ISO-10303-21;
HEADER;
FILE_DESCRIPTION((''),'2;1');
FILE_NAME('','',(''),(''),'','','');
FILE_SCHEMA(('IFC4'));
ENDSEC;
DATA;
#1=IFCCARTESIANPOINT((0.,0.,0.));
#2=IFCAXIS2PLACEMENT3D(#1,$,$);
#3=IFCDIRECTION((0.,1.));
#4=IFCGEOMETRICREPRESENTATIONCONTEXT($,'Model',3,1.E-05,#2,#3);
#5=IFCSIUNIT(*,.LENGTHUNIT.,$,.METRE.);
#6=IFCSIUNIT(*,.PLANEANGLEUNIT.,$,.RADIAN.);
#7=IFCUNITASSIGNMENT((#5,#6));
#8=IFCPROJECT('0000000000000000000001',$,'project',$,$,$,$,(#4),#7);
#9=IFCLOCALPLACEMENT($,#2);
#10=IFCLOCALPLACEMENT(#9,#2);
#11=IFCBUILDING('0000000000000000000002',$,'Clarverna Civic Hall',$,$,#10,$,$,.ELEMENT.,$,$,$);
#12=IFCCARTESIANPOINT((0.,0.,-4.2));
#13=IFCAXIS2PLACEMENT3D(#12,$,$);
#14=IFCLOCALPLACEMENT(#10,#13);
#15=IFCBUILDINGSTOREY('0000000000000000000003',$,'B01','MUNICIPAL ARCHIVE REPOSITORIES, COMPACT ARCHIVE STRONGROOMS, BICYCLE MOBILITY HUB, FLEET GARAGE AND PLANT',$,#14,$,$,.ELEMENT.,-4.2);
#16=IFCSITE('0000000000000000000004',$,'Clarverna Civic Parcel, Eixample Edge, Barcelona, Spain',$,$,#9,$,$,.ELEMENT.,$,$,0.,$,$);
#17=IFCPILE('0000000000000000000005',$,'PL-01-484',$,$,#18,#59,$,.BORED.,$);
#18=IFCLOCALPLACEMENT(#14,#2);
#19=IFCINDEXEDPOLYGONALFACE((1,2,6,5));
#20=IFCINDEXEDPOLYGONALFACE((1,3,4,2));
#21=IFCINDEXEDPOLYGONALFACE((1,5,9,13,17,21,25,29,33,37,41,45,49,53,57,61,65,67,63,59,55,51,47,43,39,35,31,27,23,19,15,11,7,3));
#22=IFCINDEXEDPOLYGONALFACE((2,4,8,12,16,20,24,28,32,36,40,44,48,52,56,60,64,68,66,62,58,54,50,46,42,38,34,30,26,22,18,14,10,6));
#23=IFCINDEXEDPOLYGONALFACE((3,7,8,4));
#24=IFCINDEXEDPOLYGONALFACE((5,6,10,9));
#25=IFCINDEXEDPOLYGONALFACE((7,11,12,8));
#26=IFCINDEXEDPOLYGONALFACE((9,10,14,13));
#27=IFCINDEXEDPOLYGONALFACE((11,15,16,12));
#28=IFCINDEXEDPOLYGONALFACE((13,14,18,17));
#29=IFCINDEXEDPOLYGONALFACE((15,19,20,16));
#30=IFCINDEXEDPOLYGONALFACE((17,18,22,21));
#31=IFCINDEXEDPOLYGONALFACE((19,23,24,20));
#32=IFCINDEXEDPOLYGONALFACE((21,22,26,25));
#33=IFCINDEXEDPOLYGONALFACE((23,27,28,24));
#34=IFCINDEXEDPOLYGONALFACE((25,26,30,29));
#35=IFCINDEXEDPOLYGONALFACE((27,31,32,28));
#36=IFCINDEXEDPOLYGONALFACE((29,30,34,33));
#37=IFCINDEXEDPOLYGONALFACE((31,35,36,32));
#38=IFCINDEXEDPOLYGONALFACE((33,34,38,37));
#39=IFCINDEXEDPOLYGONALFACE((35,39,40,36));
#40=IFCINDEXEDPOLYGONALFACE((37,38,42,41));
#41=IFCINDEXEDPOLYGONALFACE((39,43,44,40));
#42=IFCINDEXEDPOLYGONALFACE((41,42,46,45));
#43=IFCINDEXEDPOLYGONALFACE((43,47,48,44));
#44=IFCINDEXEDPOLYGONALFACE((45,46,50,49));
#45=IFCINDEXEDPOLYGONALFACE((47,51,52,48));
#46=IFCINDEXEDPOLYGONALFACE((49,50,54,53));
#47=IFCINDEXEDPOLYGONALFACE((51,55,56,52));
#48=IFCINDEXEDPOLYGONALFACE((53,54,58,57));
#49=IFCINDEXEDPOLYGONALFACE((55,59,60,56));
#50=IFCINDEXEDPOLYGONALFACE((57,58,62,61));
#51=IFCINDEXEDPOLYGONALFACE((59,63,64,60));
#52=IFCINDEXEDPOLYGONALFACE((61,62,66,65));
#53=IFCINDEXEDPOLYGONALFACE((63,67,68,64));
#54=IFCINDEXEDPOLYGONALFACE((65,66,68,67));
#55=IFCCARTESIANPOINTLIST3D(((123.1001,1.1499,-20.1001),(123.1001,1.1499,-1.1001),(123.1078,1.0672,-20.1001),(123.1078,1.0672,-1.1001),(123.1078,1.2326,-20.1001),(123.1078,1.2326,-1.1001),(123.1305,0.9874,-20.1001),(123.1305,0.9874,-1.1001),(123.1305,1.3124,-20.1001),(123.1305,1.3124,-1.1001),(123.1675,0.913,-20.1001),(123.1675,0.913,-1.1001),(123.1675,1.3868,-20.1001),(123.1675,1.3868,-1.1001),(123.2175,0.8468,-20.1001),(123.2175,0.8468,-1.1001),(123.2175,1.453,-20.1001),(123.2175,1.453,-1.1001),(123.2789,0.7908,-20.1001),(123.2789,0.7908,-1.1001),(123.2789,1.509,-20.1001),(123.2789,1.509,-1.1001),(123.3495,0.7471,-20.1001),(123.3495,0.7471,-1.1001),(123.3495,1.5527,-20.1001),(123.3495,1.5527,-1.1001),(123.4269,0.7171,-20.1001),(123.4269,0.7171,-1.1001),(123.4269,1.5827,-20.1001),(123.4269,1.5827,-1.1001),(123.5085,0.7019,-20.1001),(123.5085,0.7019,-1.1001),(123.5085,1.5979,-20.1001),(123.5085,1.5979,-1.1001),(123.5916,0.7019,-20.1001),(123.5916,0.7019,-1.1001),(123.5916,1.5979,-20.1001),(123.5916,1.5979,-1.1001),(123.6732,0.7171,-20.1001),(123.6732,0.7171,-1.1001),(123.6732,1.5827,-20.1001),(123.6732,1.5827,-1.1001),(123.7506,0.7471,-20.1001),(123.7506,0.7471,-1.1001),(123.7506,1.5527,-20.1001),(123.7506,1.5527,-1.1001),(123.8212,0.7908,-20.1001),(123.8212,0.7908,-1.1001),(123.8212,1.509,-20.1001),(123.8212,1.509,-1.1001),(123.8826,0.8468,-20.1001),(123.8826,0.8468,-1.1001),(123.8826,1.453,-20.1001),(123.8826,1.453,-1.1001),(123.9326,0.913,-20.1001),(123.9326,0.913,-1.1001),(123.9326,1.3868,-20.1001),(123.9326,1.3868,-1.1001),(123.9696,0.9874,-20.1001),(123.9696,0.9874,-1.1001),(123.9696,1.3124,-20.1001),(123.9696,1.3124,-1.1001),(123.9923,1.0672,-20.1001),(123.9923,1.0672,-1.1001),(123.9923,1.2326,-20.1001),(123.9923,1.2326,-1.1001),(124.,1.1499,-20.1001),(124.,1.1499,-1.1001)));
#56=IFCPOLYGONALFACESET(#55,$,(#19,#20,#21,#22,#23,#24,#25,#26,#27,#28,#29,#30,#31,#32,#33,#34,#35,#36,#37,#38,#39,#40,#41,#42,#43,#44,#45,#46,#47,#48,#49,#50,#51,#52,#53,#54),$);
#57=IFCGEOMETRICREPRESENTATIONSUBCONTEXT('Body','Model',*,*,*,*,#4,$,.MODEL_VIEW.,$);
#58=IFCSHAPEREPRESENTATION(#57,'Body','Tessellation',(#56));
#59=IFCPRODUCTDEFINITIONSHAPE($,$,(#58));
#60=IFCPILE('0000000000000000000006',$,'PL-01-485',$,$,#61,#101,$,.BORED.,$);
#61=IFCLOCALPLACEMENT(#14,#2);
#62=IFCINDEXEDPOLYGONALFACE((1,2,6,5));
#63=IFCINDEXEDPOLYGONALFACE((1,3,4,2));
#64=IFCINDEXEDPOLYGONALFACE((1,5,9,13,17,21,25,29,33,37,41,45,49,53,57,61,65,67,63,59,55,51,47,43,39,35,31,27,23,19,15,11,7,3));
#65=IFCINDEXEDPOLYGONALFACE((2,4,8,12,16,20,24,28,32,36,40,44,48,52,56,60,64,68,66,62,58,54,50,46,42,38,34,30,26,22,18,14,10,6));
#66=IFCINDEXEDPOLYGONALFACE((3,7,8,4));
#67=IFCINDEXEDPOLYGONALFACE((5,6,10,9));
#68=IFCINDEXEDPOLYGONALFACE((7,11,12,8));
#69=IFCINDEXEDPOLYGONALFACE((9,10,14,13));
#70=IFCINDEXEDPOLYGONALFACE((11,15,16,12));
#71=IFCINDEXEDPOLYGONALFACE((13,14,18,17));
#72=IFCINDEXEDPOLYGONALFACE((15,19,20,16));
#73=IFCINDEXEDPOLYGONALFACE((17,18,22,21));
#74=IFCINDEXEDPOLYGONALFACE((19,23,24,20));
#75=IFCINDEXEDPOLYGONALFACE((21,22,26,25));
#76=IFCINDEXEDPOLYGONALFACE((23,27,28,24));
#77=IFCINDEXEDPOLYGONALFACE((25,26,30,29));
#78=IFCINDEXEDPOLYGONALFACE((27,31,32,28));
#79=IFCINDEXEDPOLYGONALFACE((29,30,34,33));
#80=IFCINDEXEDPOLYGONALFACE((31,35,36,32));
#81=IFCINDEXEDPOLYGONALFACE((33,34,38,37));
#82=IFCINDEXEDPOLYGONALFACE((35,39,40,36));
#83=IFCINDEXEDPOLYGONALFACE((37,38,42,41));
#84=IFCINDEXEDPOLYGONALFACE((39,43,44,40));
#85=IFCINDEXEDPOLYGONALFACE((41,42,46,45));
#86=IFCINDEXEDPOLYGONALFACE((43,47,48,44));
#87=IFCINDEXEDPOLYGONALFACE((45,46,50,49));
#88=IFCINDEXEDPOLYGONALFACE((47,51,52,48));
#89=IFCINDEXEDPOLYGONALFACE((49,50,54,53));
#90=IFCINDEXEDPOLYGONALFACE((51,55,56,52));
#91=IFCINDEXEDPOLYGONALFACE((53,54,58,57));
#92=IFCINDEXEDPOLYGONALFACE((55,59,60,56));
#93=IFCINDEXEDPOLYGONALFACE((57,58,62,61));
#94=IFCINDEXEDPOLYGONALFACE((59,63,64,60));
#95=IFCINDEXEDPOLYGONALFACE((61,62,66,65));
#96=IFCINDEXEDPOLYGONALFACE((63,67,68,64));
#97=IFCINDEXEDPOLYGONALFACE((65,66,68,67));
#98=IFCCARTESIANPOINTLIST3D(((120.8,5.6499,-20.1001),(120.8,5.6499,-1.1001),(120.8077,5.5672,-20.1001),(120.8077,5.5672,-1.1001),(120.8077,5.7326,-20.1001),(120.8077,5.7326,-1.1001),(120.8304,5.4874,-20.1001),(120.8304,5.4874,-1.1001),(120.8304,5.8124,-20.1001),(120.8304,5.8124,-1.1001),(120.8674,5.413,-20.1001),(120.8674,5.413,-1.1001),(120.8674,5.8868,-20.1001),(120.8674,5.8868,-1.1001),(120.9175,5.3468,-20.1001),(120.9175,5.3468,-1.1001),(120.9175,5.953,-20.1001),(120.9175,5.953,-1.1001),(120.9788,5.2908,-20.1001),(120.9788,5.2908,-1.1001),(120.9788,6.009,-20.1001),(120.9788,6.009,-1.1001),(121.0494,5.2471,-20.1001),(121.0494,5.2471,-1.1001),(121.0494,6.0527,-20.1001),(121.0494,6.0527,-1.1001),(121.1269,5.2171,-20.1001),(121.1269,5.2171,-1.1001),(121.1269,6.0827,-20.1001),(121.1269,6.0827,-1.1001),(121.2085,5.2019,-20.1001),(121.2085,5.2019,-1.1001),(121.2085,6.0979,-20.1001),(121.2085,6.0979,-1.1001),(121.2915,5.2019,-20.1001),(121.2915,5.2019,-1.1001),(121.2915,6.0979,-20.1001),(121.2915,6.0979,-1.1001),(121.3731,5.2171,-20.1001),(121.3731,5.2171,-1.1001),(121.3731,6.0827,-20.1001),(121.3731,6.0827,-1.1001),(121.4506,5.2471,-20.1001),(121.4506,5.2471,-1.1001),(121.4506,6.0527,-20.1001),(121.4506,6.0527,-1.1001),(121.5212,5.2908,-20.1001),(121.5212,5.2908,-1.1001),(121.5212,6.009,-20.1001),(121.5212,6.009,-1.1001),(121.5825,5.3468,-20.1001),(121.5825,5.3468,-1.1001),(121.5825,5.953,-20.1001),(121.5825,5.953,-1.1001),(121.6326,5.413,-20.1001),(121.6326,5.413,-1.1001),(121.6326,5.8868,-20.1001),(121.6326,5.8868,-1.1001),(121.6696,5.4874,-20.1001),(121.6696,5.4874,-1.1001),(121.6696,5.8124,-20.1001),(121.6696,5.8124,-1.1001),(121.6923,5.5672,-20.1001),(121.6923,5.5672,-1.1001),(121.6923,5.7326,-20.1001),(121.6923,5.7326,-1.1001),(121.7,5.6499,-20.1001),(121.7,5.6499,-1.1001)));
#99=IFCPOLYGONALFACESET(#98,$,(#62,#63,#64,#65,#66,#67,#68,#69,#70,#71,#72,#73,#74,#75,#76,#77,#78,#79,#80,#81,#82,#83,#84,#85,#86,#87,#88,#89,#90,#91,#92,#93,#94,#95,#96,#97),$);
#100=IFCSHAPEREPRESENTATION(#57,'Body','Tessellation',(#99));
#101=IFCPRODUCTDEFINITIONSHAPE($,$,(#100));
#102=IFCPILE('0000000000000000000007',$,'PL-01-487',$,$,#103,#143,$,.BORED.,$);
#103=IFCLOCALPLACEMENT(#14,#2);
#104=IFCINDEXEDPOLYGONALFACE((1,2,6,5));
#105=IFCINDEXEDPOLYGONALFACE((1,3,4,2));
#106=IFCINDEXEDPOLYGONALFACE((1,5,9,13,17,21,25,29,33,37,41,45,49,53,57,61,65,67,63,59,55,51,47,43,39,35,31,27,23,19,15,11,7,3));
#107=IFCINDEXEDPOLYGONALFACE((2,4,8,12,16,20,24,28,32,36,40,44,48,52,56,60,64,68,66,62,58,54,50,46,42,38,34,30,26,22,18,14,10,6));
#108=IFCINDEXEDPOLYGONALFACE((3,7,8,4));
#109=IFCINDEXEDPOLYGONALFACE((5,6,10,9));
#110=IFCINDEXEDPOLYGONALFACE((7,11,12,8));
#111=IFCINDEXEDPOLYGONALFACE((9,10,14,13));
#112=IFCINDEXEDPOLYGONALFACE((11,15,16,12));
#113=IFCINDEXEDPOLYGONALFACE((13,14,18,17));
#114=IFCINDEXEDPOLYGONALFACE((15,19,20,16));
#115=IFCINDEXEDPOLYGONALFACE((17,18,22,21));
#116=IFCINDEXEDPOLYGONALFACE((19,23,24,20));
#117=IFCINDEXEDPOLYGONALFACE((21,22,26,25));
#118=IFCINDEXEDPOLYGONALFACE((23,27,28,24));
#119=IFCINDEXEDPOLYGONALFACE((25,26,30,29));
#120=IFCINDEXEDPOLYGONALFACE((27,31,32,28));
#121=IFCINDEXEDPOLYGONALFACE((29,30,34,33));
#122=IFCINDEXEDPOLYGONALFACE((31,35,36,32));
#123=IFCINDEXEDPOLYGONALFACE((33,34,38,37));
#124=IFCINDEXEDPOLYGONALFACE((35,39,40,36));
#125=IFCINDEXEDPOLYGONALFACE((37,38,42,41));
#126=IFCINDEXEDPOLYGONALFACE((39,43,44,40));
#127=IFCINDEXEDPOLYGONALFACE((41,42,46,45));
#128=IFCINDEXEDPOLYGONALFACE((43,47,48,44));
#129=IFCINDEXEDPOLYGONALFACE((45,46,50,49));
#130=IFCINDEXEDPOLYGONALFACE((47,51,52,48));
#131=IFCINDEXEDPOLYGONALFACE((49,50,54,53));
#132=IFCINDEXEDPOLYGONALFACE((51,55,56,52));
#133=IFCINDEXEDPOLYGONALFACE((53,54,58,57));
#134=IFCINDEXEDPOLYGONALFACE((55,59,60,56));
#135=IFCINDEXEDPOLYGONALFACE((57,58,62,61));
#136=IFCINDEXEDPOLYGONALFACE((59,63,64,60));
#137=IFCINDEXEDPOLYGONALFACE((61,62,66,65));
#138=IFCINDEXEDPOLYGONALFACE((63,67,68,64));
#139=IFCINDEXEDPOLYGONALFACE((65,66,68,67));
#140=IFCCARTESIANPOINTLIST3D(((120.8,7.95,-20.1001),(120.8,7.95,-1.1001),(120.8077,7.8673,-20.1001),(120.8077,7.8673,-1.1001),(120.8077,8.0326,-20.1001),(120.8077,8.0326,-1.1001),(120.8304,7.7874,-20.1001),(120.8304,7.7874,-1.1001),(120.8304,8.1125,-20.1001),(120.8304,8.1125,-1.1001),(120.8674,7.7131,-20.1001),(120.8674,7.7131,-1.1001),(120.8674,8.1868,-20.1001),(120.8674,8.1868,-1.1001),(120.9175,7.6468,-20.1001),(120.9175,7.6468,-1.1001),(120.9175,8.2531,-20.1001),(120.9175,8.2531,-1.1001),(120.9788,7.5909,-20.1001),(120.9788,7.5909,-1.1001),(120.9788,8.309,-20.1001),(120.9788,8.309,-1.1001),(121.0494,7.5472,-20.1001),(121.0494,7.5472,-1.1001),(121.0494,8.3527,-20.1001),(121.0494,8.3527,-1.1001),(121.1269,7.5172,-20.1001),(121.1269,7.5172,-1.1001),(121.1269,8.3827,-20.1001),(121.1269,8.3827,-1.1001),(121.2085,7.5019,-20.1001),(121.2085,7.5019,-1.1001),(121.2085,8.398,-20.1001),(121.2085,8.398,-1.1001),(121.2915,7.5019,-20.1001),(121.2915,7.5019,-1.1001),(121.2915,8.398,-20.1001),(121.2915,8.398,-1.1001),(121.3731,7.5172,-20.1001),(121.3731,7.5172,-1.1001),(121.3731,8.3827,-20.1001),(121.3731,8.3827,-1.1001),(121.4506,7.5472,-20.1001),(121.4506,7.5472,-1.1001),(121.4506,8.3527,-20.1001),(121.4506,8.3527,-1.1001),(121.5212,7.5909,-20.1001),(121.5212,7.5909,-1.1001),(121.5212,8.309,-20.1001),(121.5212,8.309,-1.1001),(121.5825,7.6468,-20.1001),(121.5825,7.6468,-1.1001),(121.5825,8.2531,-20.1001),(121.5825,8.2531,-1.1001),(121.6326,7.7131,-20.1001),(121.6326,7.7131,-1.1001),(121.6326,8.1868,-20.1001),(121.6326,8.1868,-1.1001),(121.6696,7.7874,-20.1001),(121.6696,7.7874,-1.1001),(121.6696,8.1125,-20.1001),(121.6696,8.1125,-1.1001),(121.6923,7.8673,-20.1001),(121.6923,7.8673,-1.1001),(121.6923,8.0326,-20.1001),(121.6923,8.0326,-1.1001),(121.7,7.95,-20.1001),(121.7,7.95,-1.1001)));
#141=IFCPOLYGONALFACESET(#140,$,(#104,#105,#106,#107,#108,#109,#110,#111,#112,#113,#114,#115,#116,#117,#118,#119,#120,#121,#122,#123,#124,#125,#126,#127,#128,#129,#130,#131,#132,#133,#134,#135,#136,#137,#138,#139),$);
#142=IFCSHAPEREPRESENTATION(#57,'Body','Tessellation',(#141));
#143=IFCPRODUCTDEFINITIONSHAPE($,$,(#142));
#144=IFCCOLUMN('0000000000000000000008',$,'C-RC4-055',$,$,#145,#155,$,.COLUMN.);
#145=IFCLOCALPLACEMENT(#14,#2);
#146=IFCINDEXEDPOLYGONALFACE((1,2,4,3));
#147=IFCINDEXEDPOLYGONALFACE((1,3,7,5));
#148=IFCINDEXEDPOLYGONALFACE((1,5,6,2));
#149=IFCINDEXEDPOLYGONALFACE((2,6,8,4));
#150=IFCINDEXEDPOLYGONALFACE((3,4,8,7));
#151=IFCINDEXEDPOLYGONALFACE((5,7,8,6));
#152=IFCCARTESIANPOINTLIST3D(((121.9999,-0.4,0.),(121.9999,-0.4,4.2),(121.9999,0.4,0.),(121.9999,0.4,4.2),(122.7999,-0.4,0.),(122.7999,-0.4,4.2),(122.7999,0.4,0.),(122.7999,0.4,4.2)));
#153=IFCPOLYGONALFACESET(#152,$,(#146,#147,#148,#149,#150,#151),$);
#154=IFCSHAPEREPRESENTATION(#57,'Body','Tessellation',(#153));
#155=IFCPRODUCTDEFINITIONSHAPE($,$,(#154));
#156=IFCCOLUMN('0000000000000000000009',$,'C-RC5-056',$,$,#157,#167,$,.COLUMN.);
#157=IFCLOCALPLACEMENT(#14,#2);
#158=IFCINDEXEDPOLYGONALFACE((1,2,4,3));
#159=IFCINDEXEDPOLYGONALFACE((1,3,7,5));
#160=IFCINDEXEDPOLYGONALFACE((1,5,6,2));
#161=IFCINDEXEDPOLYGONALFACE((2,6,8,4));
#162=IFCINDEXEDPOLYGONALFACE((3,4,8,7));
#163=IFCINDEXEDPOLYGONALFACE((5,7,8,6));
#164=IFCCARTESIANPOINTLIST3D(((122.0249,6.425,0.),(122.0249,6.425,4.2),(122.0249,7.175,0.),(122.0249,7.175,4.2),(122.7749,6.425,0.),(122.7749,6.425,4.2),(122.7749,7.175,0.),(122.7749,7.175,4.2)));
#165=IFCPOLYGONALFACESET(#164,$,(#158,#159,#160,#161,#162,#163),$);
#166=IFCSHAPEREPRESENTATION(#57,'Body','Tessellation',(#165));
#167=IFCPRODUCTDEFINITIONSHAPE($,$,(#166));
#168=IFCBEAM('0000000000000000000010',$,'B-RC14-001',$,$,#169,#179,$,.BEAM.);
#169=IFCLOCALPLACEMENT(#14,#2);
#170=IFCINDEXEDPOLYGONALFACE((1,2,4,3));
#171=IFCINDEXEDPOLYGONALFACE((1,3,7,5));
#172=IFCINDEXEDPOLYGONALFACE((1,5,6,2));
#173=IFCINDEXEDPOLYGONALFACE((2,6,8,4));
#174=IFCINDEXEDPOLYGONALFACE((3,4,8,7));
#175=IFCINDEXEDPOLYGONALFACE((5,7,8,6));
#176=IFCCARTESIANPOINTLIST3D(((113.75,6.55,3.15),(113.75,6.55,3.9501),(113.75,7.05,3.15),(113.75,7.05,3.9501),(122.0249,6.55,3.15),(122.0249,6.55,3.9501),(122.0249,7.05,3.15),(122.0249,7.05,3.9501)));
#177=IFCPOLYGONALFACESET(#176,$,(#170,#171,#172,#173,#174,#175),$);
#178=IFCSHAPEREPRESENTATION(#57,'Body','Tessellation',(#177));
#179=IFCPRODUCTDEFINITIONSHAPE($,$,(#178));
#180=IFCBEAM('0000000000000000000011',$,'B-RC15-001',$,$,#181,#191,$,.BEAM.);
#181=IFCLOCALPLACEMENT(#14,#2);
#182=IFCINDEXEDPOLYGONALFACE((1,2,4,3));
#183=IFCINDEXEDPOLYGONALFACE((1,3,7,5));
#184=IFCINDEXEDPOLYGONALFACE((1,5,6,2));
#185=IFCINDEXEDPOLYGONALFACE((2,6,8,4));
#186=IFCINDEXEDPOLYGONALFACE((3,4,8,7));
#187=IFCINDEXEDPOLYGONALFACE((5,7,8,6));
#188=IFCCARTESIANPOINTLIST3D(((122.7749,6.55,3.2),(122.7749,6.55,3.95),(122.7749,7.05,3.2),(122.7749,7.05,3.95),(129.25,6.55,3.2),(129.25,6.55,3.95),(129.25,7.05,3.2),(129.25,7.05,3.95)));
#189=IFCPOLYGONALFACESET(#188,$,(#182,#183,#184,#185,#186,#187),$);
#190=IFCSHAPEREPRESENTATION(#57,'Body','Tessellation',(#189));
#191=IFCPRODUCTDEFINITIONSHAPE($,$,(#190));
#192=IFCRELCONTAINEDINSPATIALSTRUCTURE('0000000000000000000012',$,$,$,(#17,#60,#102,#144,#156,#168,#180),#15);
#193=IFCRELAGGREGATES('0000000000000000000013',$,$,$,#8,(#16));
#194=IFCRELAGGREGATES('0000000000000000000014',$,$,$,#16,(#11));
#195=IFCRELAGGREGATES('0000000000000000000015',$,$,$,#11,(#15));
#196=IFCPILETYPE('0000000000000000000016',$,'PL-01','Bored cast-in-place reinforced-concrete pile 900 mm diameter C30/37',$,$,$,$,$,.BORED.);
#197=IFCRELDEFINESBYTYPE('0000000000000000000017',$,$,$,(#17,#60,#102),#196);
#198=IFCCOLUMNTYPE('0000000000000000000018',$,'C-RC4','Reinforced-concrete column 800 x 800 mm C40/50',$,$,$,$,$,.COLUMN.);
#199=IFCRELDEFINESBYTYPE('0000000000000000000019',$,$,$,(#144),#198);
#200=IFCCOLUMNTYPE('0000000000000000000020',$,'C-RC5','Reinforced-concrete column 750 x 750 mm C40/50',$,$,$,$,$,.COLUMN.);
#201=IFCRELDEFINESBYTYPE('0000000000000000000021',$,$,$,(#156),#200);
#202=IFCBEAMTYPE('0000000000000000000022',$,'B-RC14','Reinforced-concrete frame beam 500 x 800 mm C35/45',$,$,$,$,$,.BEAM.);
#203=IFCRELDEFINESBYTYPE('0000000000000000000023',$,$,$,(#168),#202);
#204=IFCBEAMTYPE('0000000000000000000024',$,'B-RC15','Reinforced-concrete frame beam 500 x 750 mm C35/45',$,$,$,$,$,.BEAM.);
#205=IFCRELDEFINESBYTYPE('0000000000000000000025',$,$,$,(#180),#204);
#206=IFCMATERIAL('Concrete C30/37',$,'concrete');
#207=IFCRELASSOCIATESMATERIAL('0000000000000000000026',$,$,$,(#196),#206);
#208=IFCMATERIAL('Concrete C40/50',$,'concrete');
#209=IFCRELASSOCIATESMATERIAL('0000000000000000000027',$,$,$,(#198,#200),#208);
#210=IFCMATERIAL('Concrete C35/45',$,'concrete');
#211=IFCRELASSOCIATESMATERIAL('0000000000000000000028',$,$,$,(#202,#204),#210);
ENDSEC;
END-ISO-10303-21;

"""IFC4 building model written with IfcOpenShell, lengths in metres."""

from ifc_helpers import new_model, si_unit, direction, frame, origin, origin_2d, place, context, subcontext, project, spatial, rectangle, circle, extrude, material, material_profile, profile_set, type_object, element, save


model = new_model("IFC4")

# Units and contexts
model_context = context("Model", 3, precision=1e-05, world=origin(), true_north=direction((0.0, 1.0)))
body_context = subcontext(model_context, "Body", "Model", "MODEL_VIEW")
ifc_project = project(units=[si_unit("LENGTHUNIT", "METRE"), si_unit("PLANEANGLEUNIT", "RADIAN")], contexts=[model_context])

# Site, building, storey
site_placement = place(None, origin())
site = spatial("IfcSite", under=ifc_project, at=site_placement, Name="Clarverna Civic Parcel, Eixample Edge, Barcelona, Spain", CompositionType="ELEMENT", RefElevation=0.0)
building_placement = place(site_placement, origin())
building = spatial("IfcBuilding", under=site, at=building_placement, Name="Clarverna Civic Hall", CompositionType="ELEMENT")
storey_placement = place(building_placement, frame((0.0, 0.0, -4.2)))
storey = spatial("IfcBuildingStorey", under=building, at=storey_placement, Name="B01", Description="MUNICIPAL ARCHIVE REPOSITORIES, COMPACT ARCHIVE STRONGROOMS, BICYCLE MOBILITY HUB, FLEET GARAGE AND PLANT", CompositionType="ELEMENT", Elevation=-4.2)

# Shared definitions
ifc_material_1 = material(Name="Concrete C30/37", Category="concrete")

# Piles
ifc_material_profile_1 = material_profile(ifc_material_1, circle(Radius=0.45, at=origin_2d()), Name="BORED PILE D900")
ifc_profile_set_1 = profile_set([ifc_material_profile_1], Name="Concrete C30/37")
pile_type = type_object("IfcPileType", Name="PL-01", Description="Bored cast-in-place reinforced-concrete pile 900 mm diameter C30/37", PredefinedType="BORED", material=ifc_profile_set_1)
for number, where, z_axis, x_axis, name in (
    (1, (123.55, 1.1499, -1.1001), (0.0, 0.0, -1.0), (1.0, 0.0, 0.0), "PL-01-484"),
    (2, (121.25, 5.6499, -1.1001), (0.0, 0.0, -1.0), (1.0, 0.0, 0.0), "PL-01-485"),
    (3, (121.25, 7.95, -1.1001), (0.0, 0.0, -1.0), (1.0, 0.0, 0.0), "PL-01-487"),
):
    element("IfcPile", number, at=place(storey_placement, frame(where, z_axis=z_axis, x_axis=x_axis)), inside=storey, type_object=pile_type, Name=name, PredefinedType="BORED", context=body_context, shape_type="SweptSolid", body=[
        extrude(circle(Radius=0.45, at=origin_2d()), origin(), (0.0, 0.0, 1.0), 19.0),
    ])

# Columns
ifc_material_2 = material(Name="Concrete C40/50", Category="concrete")
ifc_material_profile_2 = material_profile(ifc_material_2, rectangle(XDim=0.8, YDim=0.8, at=origin_2d()), Name="RC 800x800")
ifc_profile_set_2 = profile_set([ifc_material_profile_2], Name="Concrete C40/50")
column_type_1 = type_object("IfcColumnType", Name="C-RC4", Description="Reinforced-concrete column 800 x 800 mm C40/50", PredefinedType="COLUMN", material=ifc_profile_set_2)
column_1_placement = place(storey_placement, frame((122.3999, 0.0, 0.0), z_axis=(0.0, 0.0, 1.0), x_axis=(1.0, 0.0, 0.0)))
element("IfcColumn", 4, at=column_1_placement, inside=storey, type_object=column_type_1, Name="C-RC4-055", PredefinedType="COLUMN", context=body_context, shape_type="SweptSolid", body=[
    extrude(rectangle(XDim=0.8, YDim=0.8, at=origin_2d()), origin(), (0.0, 0.0, 1.0), 4.2),
])
ifc_material_profile_3 = material_profile(ifc_material_2, rectangle(XDim=0.75, YDim=0.75, at=origin_2d()), Name="RC 750x750")
ifc_profile_set_3 = profile_set([ifc_material_profile_3], Name="Concrete C40/50")
column_type_2 = type_object("IfcColumnType", Name="C-RC5", Description="Reinforced-concrete column 750 x 750 mm C40/50", PredefinedType="COLUMN", material=ifc_profile_set_3)
column_2_placement = place(storey_placement, frame((122.3999, 6.8, 0.0), z_axis=(0.0, 0.0, 1.0), x_axis=(1.0, 0.0, 0.0)))
element("IfcColumn", 5, at=column_2_placement, inside=storey, type_object=column_type_2, Name="C-RC5-056", PredefinedType="COLUMN", context=body_context, shape_type="SweptSolid", body=[
    extrude(rectangle(XDim=0.75, YDim=0.75, at=origin_2d()), origin(), (0.0, 0.0, 1.0), 4.2),
])

# Beams
ifc_material_3 = material(Name="Concrete C35/45", Category="concrete")
ifc_material_profile_4 = material_profile(ifc_material_3, rectangle(XDim=0.5, YDim=0.8, at=origin_2d()), Name="RC 500x800")
ifc_profile_set_4 = profile_set([ifc_material_profile_4], Name="Concrete C35/45")
beam_type_1 = type_object("IfcBeamType", Name="B-RC14", Description="Reinforced-concrete frame beam 500 x 800 mm C35/45", PredefinedType="BEAM", material=ifc_profile_set_4)
beam_1_placement = place(storey_placement, frame((113.75, 6.8, 3.55), z_axis=(1.0, 0.0, 0.0), x_axis=(0.0, 1.0, 0.0)))
element("IfcBeam", 6, at=beam_1_placement, inside=storey, type_object=beam_type_1, Name="B-RC14-001", PredefinedType="BEAM", context=body_context, shape_type="SweptSolid", body=[
    extrude(rectangle(XDim=0.5, YDim=0.8, at=origin_2d()), origin(), (0.0, 0.0, 1.0), 8.2749),
])
ifc_material_profile_5 = material_profile(ifc_material_3, rectangle(XDim=0.5, YDim=0.75, at=origin_2d()), Name="RC 500x750")
ifc_profile_set_5 = profile_set([ifc_material_profile_5], Name="Concrete C35/45")
beam_type_2 = type_object("IfcBeamType", Name="B-RC15", Description="Reinforced-concrete frame beam 500 x 750 mm C35/45", PredefinedType="BEAM", material=ifc_profile_set_5)
beam_2_placement = place(storey_placement, frame((122.7749, 6.8, 3.575), z_axis=(1.0, 0.0, 0.0), x_axis=(0.0, 1.0, 0.0)))
element("IfcBeam", 7, at=beam_2_placement, inside=storey, type_object=beam_type_2, Name="B-RC15-001", PredefinedType="BEAM", context=body_context, shape_type="SweptSolid", body=[
    extrude(rectangle(XDim=0.5, YDim=0.75, at=origin_2d()), origin(), (0.0, 0.0, 1.0), 6.4751),
])

save(model, "model.ifc")
